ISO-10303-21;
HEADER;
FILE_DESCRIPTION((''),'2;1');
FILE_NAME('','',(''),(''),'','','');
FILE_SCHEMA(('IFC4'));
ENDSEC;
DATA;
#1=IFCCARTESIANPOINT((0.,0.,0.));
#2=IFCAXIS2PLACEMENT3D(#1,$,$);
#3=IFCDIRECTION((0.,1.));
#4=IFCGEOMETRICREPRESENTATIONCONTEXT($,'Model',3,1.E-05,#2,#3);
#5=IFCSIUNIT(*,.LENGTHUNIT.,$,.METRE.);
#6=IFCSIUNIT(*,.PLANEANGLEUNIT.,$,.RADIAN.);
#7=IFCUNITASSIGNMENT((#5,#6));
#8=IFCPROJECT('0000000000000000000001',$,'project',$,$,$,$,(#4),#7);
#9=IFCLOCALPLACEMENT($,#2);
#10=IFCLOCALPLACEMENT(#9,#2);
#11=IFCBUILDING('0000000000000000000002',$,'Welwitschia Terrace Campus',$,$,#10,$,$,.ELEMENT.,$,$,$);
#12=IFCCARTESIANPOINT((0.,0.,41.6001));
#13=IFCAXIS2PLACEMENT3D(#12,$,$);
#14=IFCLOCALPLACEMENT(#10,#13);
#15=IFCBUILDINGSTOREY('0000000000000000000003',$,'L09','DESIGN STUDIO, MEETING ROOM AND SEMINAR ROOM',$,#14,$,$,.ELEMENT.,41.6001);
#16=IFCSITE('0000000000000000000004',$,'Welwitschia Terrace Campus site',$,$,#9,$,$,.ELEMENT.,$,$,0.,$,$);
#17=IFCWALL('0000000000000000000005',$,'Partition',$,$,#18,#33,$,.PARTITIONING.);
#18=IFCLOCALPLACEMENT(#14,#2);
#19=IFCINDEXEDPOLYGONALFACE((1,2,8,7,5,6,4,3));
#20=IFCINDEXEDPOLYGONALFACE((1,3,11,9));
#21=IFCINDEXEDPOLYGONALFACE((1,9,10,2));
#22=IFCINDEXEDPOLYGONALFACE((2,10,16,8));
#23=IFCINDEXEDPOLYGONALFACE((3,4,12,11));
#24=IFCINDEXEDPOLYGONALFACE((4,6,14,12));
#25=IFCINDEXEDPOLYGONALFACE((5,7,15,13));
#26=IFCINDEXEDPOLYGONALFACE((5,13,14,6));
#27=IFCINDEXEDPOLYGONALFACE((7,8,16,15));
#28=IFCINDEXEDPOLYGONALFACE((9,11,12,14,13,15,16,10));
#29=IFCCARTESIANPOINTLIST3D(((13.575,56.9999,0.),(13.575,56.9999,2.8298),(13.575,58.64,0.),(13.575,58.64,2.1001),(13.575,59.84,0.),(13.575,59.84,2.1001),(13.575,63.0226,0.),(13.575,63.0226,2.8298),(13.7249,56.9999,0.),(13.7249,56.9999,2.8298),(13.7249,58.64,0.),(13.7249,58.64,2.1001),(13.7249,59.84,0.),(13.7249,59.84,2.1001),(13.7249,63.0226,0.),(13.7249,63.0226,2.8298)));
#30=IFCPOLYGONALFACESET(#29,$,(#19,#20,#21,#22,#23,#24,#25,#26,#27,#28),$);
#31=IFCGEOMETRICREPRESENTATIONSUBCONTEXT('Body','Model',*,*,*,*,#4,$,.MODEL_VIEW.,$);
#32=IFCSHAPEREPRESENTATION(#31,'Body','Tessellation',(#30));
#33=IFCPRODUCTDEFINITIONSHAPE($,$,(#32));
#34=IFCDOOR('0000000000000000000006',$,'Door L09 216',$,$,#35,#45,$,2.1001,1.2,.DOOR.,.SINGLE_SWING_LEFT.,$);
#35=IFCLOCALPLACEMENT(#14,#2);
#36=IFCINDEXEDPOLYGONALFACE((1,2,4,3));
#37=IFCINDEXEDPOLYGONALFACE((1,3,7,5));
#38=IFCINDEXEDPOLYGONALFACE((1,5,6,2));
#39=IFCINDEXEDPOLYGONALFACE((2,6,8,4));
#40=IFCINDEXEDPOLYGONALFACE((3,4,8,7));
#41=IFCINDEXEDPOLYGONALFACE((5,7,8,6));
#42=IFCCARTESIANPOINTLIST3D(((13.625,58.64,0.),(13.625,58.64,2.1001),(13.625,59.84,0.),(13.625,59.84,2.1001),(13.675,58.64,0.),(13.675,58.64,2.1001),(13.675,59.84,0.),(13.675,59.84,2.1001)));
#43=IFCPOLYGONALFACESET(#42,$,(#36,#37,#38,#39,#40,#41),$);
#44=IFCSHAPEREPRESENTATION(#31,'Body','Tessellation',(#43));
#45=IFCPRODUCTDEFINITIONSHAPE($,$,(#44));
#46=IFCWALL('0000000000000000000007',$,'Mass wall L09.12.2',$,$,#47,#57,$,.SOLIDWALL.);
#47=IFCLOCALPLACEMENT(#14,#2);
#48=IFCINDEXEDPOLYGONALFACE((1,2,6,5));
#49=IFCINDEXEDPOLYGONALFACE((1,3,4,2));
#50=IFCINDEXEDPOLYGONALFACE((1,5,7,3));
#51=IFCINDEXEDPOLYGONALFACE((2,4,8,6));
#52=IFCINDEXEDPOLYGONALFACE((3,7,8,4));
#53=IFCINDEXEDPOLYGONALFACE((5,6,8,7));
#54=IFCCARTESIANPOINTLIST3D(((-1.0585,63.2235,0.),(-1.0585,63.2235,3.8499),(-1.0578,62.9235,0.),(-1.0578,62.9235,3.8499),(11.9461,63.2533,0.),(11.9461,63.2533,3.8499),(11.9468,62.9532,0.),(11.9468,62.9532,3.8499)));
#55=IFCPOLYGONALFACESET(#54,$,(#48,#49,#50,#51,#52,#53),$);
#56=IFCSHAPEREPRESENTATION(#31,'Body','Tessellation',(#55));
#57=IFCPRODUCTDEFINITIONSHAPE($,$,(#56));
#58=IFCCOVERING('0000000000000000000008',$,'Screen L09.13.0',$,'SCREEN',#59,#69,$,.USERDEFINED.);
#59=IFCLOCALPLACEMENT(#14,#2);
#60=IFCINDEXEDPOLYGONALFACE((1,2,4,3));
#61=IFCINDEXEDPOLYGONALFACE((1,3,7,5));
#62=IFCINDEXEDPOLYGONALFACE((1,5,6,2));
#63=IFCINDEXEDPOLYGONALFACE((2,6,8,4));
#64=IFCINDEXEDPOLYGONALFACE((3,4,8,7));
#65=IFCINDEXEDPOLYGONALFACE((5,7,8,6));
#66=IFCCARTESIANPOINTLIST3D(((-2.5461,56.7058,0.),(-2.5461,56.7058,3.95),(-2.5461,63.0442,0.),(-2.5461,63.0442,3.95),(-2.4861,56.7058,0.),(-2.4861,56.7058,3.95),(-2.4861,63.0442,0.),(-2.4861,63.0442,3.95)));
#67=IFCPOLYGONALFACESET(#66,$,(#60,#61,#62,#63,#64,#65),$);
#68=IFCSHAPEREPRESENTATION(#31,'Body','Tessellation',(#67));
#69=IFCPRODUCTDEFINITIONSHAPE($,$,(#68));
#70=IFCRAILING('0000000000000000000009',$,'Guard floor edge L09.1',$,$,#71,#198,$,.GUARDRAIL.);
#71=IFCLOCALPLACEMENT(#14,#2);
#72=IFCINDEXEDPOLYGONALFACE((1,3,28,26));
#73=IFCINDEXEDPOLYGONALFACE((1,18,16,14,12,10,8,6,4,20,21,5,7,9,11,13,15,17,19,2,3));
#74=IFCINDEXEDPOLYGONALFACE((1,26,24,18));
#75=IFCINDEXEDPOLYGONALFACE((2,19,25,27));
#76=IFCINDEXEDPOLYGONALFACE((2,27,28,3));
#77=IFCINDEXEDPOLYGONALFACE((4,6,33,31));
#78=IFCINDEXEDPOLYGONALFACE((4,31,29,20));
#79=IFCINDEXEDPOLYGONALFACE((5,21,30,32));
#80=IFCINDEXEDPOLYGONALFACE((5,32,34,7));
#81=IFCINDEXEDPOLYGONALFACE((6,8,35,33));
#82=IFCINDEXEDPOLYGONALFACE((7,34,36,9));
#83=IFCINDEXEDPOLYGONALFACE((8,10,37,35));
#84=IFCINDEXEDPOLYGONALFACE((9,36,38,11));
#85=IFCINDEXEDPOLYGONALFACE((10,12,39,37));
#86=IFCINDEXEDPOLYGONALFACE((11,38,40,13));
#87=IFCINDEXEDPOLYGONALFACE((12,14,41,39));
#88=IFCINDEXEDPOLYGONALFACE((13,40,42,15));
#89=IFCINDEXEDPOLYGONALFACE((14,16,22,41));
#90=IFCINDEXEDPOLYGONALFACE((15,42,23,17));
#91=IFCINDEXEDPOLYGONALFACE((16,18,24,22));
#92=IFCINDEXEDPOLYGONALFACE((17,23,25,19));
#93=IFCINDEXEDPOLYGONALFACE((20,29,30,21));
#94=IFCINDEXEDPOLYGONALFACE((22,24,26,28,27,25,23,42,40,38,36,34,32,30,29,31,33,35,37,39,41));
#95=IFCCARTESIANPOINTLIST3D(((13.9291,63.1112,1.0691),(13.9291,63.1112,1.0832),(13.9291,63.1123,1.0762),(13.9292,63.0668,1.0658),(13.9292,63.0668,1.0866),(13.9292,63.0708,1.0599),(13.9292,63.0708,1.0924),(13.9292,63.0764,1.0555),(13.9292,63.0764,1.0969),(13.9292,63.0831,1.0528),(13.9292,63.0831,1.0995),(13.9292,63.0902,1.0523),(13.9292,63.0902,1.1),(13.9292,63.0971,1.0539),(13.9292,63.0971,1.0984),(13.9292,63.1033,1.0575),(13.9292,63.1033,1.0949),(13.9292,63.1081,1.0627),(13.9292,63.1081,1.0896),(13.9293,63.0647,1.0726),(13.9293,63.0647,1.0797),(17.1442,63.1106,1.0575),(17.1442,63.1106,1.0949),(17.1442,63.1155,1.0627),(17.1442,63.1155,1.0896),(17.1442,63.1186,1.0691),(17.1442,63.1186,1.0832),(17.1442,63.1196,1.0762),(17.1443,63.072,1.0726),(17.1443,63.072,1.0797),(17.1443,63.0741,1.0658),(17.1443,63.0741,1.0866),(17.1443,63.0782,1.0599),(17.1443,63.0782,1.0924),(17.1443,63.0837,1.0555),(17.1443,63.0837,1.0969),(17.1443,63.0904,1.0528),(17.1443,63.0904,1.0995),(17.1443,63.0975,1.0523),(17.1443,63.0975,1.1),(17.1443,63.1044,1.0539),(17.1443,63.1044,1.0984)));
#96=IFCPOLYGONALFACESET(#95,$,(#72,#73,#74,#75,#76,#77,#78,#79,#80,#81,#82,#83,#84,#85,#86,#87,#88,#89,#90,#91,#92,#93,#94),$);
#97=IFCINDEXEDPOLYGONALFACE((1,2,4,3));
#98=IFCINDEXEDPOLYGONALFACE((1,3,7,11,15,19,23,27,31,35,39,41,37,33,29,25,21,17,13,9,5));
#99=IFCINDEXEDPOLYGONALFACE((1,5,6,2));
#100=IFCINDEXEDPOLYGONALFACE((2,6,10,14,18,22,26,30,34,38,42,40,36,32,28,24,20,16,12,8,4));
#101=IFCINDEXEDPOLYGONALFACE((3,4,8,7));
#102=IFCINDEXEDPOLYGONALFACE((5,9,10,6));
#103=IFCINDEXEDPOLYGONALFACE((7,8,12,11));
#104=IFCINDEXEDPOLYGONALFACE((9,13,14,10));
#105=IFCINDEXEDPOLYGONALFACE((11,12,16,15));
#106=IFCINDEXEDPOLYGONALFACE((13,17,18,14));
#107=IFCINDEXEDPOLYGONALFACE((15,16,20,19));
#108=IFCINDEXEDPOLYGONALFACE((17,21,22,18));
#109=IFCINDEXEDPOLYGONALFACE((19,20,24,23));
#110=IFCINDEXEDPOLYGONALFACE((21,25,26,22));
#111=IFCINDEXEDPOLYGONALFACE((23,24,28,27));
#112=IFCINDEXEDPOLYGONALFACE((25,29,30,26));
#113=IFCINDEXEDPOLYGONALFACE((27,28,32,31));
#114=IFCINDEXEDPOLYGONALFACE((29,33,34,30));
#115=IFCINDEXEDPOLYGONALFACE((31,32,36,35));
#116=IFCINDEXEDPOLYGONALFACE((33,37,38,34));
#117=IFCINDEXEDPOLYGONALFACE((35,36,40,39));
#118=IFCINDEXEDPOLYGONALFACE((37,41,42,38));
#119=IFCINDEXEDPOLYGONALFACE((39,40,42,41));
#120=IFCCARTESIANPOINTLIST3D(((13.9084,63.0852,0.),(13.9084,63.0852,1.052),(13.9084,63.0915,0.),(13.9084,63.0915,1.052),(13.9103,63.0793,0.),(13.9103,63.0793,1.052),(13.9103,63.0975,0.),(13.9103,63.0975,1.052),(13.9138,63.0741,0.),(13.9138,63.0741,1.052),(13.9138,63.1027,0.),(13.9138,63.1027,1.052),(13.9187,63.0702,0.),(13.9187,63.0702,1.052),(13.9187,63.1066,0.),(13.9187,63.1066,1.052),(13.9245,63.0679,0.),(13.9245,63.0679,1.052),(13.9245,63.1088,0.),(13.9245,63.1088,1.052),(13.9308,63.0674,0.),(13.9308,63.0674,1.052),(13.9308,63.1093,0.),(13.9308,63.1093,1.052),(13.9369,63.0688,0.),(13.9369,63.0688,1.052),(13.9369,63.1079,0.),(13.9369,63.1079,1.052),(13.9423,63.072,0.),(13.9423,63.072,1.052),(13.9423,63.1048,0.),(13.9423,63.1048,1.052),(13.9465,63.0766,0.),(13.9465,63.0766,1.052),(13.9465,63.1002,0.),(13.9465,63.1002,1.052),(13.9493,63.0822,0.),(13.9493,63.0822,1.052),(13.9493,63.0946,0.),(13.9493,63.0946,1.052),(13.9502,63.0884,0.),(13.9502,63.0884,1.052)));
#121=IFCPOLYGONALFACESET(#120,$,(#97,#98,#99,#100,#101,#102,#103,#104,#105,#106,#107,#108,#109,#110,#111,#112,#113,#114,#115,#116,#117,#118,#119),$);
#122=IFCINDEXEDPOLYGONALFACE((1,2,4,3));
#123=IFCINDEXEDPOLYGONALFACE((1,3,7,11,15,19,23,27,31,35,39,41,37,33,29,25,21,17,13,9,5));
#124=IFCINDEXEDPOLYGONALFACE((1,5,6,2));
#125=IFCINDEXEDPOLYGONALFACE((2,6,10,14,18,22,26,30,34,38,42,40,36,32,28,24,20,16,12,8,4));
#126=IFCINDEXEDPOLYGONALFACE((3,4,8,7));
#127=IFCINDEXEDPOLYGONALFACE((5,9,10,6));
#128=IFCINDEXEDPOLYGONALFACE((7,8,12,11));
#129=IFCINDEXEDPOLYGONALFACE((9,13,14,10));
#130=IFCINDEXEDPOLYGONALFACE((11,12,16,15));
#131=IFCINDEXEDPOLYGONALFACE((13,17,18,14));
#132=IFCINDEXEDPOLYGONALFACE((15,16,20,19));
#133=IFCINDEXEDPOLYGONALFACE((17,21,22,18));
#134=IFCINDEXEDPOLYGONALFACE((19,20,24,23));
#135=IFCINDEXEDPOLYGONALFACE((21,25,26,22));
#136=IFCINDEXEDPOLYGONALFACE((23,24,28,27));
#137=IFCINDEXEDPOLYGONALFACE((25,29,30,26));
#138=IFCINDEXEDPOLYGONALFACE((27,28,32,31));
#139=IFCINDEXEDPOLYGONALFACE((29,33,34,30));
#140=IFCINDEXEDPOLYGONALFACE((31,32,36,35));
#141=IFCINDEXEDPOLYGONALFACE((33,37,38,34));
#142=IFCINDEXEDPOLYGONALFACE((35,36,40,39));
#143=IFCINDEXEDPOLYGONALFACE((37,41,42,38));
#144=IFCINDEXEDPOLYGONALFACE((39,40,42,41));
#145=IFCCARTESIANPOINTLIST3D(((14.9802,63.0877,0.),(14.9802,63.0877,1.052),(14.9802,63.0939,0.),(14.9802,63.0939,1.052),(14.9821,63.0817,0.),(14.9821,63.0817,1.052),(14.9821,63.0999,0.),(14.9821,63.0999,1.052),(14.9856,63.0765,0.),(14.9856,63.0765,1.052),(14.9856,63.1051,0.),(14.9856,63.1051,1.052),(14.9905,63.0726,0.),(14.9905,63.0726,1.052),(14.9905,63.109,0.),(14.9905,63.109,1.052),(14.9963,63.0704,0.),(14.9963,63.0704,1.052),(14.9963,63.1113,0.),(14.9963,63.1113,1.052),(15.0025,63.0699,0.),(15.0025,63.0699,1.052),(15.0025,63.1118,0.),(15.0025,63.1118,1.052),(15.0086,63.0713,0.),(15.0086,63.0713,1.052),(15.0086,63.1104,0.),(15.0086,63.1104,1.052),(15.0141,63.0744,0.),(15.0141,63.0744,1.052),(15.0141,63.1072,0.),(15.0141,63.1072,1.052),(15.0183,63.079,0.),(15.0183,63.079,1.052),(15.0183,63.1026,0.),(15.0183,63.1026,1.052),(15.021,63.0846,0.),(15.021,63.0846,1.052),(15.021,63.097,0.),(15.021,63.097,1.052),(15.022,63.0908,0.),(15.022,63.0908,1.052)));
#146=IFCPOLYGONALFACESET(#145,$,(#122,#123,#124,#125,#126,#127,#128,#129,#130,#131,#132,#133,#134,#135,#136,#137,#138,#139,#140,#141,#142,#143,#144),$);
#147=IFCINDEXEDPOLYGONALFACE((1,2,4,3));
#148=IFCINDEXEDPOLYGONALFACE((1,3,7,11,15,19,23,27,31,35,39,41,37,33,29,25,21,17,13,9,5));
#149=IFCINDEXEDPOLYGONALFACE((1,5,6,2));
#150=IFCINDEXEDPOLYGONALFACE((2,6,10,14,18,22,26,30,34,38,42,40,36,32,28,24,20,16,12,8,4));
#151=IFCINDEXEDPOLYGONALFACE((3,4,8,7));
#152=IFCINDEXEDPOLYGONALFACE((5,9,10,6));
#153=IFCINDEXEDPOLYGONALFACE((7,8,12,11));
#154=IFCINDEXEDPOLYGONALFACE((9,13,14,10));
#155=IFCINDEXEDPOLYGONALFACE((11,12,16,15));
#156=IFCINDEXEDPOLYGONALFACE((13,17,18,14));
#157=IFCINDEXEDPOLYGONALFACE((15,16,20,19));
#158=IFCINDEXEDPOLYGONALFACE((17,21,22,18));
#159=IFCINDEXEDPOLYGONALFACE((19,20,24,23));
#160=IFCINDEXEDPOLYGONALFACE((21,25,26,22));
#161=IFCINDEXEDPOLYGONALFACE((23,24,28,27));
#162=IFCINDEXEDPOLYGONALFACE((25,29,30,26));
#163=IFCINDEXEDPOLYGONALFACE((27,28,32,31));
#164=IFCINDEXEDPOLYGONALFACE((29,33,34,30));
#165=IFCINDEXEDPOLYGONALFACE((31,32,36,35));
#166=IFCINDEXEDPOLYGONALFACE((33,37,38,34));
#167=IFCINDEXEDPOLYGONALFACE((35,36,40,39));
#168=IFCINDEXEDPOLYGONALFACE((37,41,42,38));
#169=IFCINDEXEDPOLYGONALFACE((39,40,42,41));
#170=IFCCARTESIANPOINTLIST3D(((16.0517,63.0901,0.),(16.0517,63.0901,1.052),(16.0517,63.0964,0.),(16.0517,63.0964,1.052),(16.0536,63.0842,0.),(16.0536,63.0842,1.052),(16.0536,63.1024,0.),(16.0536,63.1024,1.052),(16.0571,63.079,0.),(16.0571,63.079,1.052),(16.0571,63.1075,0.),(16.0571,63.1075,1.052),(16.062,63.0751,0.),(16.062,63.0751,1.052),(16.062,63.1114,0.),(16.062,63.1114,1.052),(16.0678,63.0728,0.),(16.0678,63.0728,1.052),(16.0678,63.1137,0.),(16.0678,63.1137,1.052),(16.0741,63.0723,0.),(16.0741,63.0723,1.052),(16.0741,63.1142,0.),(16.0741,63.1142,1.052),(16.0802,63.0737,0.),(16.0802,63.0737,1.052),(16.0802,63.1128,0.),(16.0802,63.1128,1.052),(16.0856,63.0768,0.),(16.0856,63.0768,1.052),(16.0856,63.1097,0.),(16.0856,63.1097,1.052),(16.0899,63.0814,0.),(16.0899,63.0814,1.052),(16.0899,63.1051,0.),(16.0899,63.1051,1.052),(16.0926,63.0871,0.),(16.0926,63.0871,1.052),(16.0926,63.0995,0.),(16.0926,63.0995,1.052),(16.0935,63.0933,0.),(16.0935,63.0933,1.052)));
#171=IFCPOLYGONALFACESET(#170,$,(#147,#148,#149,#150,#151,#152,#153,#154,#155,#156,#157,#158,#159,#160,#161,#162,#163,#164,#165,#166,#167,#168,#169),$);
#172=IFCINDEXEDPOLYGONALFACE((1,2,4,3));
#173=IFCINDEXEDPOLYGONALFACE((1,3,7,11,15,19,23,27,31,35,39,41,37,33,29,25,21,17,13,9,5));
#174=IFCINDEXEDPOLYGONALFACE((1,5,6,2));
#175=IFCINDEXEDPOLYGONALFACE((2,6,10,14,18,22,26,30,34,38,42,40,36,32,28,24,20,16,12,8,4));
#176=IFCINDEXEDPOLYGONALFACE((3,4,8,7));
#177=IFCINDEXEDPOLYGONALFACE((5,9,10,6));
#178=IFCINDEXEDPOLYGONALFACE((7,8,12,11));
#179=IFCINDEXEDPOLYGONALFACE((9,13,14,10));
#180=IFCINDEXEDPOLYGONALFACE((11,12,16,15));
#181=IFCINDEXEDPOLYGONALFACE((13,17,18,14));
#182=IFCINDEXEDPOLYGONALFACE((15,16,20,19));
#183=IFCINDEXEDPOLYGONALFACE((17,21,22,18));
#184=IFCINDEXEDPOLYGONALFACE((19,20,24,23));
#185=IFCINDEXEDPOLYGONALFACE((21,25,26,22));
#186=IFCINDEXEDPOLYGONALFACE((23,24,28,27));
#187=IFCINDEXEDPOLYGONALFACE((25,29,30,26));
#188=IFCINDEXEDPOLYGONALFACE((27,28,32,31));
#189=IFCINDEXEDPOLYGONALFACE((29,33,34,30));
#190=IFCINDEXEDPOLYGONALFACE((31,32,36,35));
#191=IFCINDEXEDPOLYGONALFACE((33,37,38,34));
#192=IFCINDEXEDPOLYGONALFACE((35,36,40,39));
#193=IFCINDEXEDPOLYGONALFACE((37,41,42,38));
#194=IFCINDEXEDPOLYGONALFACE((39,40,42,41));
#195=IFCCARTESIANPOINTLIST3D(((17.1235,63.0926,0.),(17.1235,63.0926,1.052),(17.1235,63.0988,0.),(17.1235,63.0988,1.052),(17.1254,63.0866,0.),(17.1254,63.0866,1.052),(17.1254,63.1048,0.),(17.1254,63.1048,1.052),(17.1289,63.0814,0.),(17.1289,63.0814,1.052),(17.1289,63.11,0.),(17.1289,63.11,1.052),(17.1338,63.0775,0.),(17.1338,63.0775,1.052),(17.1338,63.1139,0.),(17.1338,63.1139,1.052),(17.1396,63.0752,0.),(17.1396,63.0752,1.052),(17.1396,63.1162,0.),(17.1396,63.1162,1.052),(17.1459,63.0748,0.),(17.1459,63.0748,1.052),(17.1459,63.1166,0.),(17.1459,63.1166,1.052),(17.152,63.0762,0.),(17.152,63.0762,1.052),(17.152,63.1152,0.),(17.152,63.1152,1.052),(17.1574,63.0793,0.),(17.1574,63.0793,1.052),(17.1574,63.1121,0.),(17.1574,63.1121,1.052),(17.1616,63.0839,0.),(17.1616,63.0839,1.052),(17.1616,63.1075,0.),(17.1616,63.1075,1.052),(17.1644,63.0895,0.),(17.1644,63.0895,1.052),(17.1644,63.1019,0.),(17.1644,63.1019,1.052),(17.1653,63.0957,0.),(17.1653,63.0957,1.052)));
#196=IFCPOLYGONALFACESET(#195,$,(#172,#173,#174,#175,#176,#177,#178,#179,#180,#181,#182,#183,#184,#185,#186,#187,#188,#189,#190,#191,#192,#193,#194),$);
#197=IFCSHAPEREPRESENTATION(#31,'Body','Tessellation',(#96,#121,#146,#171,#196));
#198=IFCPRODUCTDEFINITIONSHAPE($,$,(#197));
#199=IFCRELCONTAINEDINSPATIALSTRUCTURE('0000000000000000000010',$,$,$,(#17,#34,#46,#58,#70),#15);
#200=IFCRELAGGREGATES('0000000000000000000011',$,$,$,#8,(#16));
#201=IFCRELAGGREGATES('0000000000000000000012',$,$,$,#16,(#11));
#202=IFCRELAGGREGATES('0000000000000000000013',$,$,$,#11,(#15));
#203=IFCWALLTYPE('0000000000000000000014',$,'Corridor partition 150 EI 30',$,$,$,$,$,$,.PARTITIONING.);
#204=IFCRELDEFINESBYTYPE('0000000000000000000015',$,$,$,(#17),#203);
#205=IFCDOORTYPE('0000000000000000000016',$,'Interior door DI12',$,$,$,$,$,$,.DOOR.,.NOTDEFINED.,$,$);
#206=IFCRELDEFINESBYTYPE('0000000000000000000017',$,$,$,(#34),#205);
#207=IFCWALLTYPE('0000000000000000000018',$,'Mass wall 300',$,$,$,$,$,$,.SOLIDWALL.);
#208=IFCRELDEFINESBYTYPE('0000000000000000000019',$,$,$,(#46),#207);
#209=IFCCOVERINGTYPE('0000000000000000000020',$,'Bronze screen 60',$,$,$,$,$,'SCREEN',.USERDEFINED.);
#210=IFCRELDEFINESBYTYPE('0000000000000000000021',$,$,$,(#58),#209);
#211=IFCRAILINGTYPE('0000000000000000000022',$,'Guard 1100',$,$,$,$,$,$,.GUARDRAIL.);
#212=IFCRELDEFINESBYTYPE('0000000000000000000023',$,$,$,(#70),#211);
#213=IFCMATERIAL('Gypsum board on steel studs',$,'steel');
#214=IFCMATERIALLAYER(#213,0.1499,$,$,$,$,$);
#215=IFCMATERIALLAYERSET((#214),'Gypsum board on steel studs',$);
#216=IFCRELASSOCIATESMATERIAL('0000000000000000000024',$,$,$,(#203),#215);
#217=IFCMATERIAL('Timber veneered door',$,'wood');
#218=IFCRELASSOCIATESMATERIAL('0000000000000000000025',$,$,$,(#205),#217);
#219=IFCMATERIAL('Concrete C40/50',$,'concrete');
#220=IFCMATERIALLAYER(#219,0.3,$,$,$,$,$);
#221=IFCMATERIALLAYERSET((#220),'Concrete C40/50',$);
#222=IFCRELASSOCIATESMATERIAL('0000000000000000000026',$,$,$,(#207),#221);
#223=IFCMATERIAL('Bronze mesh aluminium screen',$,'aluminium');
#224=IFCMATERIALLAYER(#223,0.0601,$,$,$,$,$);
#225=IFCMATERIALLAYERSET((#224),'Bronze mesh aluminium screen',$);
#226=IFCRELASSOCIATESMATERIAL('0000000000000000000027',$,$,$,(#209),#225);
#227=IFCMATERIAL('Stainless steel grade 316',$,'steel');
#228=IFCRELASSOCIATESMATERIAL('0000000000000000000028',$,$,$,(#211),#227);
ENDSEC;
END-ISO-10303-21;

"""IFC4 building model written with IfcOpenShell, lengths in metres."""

from ifc_helpers import new_model, si_unit, direction, frame, frame_2d, origin, origin_2d, place, context, subcontext, project, spatial, rectangle, circle, extrude, material, layer, layer_set, type_object, element, fill, save


model = new_model("IFC4")

# Units and contexts
model_context = context("Model", 3, precision=1e-05, world=origin(), true_north=direction((0.0, 1.0)))
body_context = subcontext(model_context, "Body", "Model", "MODEL_VIEW")
ifc_project = project(units=[si_unit("LENGTHUNIT", "METRE"), si_unit("PLANEANGLEUNIT", "RADIAN")], contexts=[model_context])

# Site, building, storey
site_placement = place(None, origin())
site = spatial("IfcSite", under=ifc_project, at=site_placement, Name="Welwitschia Terrace Campus site", CompositionType="ELEMENT", RefElevation=0.0)
building_placement = place(site_placement, origin())
building = spatial("IfcBuilding", under=site, at=building_placement, Name="Welwitschia Terrace Campus", CompositionType="ELEMENT")
storey_placement = place(building_placement, frame((0.0, 0.0, 41.6001)))
storey = spatial("IfcBuildingStorey", under=building, at=storey_placement, Name="L09", Description="DESIGN STUDIO, MEETING ROOM AND SEMINAR ROOM", CompositionType="ELEMENT", Elevation=41.6001)

# Shared definitions
ifc_material_1 = material(Name="Gypsum board on steel studs", Category="steel")
ifc_layer_1 = layer(ifc_material_1, 0.1499)
ifc_layer_set_1 = layer_set([ifc_layer_1], Name="Gypsum board on steel studs")
wall_type_1 = type_object("IfcWallType", Name="Corridor partition 150 EI 30", PredefinedType="PARTITIONING", material=ifc_layer_set_1)

# Wall, opening, door
wall_1_placement = place(storey_placement, frame((13.6499, 57.0, 0.0), z_axis=(0.0, 0.0, 1.0), x_axis=(0.0, 1.0, 0.0)))
wall_1 = element("IfcWall", 1, at=wall_1_placement, inside=storey, type_object=wall_type_1, Name="Partition", PredefinedType="PARTITIONING", context=body_context, shape_type="SweptSolid", body=[
    extrude(rectangle(XDim=6.0227, YDim=0.1499, at=frame_2d((3.0112, 0.0))), origin(), (0.0, 0.0, 1.0), 2.8298),
])
opening_placement = place(wall_1_placement, frame((1.6399, 0.0, 0.0)))
opening = element("IfcOpeningElement", 2, at=opening_placement, cuts=wall_1, PredefinedType="OPENING", context=body_context, shape_type="SweptSolid", body=[
    extrude(rectangle(XDim=1.2, YDim=2.1001, at=frame_2d((0.6001, 1.05))), frame((0.0, 0.085, 0.0), z_axis=(0.0, -1.0, 0.0), x_axis=(1.0, 0.0, 0.0)), (0.0, 0.0, 1.0), 0.1699),
])
ifc_material_2 = material(Name="Timber veneered door", Category="wood")
door_type = type_object("IfcDoorType", Name="Interior door DI12", OperationType="NOTDEFINED", PredefinedType="DOOR", material=ifc_material_2)
door_placement = place(opening_placement, origin())
door = element("IfcDoor", 3, at=door_placement, inside=storey, type_object=door_type, Name="Door L09 216", OperationType="SINGLE_SWING_LEFT", OverallHeight=2.1001, OverallWidth=1.2, PredefinedType="DOOR", context=body_context, shape_type="SweptSolid", body=[
    extrude(rectangle(XDim=1.2, YDim=2.1001, at=frame_2d((0.6001, 1.05))), frame((0.0, 0.0249, 0.0), z_axis=(0.0, -1.0, 0.0), x_axis=(1.0, 0.0, 0.0)), (0.0, 0.0, 1.0), 0.05),
])
fill(opening, door)

# Wall
ifc_material_3 = material(Name="Concrete C40/50", Category="concrete")
ifc_layer_2 = layer(ifc_material_3, 0.3)
ifc_layer_set_2 = layer_set([ifc_layer_2], Name="Concrete C40/50")
wall_type_2 = type_object("IfcWallType", Name="Mass wall 300", PredefinedType="SOLIDWALL", material=ifc_layer_set_2)
wall_2_placement = place(storey_placement, frame((11.9465, 63.1033, 0.0), z_axis=(0.0, 0.0, 1.0), x_axis=(-0.999997, -0.00229, 0.0)))
element("IfcWall", 4, at=wall_2_placement, inside=storey, type_object=wall_type_2, Name="Mass wall L09.12.2", PredefinedType="SOLIDWALL", context=body_context, shape_type="SweptSolid", body=[
    extrude(rectangle(XDim=13.0046, YDim=0.3, at=frame_2d((6.5024, 0.0))), origin(), (0.0, 0.0, 1.0), 3.8499),
])

# Covering
ifc_material_4 = material(Name="Bronze mesh aluminium screen", Category="aluminium")
ifc_layer_3 = layer(ifc_material_4, 0.0601)
ifc_layer_set_3 = layer_set([ifc_layer_3], Name="Bronze mesh aluminium screen")
covering_type = type_object("IfcCoveringType", Name="Bronze screen 60", ElementType="SCREEN", PredefinedType="USERDEFINED", material=ifc_layer_set_3)
covering_placement = place(storey_placement, frame((-2.5161, 59.875, 0.0), z_axis=(0.0, 0.0, 1.0), x_axis=(0.0, -1.0, 0.0)))
element("IfcCovering", 5, at=covering_placement, inside=storey, type_object=covering_type, Name="Screen L09.13.0", ObjectType="SCREEN", PredefinedType="USERDEFINED", context=body_context, shape_type="SweptSolid", body=[
    extrude(rectangle(XDim=6.3384, YDim=0.0601, at=origin_2d()), origin(), (0.0, 0.0, 1.0), 3.95),
])

# Railing
ifc_material_5 = material(Name="Stainless steel grade 316", Category="steel")
railing_type = type_object("IfcRailingType", Name="Guard 1100", PredefinedType="GUARDRAIL", material=ifc_material_5)
railing_1_placement = place(storey_placement, frame((13.9292, 63.0884, 0.0)))
element("IfcRailing", 6, at=railing_1_placement, inside=storey, type_object=railing_type, Name="Guard floor edge L09.1", PredefinedType="GUARDRAIL", context=body_context, shape_type="SweptSolid", body=[
    extrude(circle(Radius=0.0239, at=origin_2d()), frame((0.0, 0.0, 1.0762), z_axis=(0.999997, 0.002278, 0.0), x_axis=(-0.002278, 0.999997, 0.0)), (0.0, 0.0, 1.0), 3.2151),
    extrude(circle(Radius=0.021, at=origin_2d()), origin(), (0.0, 0.0, 1.0), 1.052),
    extrude(circle(Radius=0.021, at=origin_2d()), frame((1.0718, 0.0024, 0.0)), (0.0, 0.0, 1.0), 1.052),
    extrude(circle(Radius=0.021, at=origin_2d()), frame((2.1433, 0.0049, 0.0)), (0.0, 0.0, 1.0), 1.052),
    extrude(circle(Radius=0.021, at=origin_2d()), frame((3.2151, 0.0073, 0.0)), (0.0, 0.0, 1.0), 1.052),
])

save(model, "model.ifc")
